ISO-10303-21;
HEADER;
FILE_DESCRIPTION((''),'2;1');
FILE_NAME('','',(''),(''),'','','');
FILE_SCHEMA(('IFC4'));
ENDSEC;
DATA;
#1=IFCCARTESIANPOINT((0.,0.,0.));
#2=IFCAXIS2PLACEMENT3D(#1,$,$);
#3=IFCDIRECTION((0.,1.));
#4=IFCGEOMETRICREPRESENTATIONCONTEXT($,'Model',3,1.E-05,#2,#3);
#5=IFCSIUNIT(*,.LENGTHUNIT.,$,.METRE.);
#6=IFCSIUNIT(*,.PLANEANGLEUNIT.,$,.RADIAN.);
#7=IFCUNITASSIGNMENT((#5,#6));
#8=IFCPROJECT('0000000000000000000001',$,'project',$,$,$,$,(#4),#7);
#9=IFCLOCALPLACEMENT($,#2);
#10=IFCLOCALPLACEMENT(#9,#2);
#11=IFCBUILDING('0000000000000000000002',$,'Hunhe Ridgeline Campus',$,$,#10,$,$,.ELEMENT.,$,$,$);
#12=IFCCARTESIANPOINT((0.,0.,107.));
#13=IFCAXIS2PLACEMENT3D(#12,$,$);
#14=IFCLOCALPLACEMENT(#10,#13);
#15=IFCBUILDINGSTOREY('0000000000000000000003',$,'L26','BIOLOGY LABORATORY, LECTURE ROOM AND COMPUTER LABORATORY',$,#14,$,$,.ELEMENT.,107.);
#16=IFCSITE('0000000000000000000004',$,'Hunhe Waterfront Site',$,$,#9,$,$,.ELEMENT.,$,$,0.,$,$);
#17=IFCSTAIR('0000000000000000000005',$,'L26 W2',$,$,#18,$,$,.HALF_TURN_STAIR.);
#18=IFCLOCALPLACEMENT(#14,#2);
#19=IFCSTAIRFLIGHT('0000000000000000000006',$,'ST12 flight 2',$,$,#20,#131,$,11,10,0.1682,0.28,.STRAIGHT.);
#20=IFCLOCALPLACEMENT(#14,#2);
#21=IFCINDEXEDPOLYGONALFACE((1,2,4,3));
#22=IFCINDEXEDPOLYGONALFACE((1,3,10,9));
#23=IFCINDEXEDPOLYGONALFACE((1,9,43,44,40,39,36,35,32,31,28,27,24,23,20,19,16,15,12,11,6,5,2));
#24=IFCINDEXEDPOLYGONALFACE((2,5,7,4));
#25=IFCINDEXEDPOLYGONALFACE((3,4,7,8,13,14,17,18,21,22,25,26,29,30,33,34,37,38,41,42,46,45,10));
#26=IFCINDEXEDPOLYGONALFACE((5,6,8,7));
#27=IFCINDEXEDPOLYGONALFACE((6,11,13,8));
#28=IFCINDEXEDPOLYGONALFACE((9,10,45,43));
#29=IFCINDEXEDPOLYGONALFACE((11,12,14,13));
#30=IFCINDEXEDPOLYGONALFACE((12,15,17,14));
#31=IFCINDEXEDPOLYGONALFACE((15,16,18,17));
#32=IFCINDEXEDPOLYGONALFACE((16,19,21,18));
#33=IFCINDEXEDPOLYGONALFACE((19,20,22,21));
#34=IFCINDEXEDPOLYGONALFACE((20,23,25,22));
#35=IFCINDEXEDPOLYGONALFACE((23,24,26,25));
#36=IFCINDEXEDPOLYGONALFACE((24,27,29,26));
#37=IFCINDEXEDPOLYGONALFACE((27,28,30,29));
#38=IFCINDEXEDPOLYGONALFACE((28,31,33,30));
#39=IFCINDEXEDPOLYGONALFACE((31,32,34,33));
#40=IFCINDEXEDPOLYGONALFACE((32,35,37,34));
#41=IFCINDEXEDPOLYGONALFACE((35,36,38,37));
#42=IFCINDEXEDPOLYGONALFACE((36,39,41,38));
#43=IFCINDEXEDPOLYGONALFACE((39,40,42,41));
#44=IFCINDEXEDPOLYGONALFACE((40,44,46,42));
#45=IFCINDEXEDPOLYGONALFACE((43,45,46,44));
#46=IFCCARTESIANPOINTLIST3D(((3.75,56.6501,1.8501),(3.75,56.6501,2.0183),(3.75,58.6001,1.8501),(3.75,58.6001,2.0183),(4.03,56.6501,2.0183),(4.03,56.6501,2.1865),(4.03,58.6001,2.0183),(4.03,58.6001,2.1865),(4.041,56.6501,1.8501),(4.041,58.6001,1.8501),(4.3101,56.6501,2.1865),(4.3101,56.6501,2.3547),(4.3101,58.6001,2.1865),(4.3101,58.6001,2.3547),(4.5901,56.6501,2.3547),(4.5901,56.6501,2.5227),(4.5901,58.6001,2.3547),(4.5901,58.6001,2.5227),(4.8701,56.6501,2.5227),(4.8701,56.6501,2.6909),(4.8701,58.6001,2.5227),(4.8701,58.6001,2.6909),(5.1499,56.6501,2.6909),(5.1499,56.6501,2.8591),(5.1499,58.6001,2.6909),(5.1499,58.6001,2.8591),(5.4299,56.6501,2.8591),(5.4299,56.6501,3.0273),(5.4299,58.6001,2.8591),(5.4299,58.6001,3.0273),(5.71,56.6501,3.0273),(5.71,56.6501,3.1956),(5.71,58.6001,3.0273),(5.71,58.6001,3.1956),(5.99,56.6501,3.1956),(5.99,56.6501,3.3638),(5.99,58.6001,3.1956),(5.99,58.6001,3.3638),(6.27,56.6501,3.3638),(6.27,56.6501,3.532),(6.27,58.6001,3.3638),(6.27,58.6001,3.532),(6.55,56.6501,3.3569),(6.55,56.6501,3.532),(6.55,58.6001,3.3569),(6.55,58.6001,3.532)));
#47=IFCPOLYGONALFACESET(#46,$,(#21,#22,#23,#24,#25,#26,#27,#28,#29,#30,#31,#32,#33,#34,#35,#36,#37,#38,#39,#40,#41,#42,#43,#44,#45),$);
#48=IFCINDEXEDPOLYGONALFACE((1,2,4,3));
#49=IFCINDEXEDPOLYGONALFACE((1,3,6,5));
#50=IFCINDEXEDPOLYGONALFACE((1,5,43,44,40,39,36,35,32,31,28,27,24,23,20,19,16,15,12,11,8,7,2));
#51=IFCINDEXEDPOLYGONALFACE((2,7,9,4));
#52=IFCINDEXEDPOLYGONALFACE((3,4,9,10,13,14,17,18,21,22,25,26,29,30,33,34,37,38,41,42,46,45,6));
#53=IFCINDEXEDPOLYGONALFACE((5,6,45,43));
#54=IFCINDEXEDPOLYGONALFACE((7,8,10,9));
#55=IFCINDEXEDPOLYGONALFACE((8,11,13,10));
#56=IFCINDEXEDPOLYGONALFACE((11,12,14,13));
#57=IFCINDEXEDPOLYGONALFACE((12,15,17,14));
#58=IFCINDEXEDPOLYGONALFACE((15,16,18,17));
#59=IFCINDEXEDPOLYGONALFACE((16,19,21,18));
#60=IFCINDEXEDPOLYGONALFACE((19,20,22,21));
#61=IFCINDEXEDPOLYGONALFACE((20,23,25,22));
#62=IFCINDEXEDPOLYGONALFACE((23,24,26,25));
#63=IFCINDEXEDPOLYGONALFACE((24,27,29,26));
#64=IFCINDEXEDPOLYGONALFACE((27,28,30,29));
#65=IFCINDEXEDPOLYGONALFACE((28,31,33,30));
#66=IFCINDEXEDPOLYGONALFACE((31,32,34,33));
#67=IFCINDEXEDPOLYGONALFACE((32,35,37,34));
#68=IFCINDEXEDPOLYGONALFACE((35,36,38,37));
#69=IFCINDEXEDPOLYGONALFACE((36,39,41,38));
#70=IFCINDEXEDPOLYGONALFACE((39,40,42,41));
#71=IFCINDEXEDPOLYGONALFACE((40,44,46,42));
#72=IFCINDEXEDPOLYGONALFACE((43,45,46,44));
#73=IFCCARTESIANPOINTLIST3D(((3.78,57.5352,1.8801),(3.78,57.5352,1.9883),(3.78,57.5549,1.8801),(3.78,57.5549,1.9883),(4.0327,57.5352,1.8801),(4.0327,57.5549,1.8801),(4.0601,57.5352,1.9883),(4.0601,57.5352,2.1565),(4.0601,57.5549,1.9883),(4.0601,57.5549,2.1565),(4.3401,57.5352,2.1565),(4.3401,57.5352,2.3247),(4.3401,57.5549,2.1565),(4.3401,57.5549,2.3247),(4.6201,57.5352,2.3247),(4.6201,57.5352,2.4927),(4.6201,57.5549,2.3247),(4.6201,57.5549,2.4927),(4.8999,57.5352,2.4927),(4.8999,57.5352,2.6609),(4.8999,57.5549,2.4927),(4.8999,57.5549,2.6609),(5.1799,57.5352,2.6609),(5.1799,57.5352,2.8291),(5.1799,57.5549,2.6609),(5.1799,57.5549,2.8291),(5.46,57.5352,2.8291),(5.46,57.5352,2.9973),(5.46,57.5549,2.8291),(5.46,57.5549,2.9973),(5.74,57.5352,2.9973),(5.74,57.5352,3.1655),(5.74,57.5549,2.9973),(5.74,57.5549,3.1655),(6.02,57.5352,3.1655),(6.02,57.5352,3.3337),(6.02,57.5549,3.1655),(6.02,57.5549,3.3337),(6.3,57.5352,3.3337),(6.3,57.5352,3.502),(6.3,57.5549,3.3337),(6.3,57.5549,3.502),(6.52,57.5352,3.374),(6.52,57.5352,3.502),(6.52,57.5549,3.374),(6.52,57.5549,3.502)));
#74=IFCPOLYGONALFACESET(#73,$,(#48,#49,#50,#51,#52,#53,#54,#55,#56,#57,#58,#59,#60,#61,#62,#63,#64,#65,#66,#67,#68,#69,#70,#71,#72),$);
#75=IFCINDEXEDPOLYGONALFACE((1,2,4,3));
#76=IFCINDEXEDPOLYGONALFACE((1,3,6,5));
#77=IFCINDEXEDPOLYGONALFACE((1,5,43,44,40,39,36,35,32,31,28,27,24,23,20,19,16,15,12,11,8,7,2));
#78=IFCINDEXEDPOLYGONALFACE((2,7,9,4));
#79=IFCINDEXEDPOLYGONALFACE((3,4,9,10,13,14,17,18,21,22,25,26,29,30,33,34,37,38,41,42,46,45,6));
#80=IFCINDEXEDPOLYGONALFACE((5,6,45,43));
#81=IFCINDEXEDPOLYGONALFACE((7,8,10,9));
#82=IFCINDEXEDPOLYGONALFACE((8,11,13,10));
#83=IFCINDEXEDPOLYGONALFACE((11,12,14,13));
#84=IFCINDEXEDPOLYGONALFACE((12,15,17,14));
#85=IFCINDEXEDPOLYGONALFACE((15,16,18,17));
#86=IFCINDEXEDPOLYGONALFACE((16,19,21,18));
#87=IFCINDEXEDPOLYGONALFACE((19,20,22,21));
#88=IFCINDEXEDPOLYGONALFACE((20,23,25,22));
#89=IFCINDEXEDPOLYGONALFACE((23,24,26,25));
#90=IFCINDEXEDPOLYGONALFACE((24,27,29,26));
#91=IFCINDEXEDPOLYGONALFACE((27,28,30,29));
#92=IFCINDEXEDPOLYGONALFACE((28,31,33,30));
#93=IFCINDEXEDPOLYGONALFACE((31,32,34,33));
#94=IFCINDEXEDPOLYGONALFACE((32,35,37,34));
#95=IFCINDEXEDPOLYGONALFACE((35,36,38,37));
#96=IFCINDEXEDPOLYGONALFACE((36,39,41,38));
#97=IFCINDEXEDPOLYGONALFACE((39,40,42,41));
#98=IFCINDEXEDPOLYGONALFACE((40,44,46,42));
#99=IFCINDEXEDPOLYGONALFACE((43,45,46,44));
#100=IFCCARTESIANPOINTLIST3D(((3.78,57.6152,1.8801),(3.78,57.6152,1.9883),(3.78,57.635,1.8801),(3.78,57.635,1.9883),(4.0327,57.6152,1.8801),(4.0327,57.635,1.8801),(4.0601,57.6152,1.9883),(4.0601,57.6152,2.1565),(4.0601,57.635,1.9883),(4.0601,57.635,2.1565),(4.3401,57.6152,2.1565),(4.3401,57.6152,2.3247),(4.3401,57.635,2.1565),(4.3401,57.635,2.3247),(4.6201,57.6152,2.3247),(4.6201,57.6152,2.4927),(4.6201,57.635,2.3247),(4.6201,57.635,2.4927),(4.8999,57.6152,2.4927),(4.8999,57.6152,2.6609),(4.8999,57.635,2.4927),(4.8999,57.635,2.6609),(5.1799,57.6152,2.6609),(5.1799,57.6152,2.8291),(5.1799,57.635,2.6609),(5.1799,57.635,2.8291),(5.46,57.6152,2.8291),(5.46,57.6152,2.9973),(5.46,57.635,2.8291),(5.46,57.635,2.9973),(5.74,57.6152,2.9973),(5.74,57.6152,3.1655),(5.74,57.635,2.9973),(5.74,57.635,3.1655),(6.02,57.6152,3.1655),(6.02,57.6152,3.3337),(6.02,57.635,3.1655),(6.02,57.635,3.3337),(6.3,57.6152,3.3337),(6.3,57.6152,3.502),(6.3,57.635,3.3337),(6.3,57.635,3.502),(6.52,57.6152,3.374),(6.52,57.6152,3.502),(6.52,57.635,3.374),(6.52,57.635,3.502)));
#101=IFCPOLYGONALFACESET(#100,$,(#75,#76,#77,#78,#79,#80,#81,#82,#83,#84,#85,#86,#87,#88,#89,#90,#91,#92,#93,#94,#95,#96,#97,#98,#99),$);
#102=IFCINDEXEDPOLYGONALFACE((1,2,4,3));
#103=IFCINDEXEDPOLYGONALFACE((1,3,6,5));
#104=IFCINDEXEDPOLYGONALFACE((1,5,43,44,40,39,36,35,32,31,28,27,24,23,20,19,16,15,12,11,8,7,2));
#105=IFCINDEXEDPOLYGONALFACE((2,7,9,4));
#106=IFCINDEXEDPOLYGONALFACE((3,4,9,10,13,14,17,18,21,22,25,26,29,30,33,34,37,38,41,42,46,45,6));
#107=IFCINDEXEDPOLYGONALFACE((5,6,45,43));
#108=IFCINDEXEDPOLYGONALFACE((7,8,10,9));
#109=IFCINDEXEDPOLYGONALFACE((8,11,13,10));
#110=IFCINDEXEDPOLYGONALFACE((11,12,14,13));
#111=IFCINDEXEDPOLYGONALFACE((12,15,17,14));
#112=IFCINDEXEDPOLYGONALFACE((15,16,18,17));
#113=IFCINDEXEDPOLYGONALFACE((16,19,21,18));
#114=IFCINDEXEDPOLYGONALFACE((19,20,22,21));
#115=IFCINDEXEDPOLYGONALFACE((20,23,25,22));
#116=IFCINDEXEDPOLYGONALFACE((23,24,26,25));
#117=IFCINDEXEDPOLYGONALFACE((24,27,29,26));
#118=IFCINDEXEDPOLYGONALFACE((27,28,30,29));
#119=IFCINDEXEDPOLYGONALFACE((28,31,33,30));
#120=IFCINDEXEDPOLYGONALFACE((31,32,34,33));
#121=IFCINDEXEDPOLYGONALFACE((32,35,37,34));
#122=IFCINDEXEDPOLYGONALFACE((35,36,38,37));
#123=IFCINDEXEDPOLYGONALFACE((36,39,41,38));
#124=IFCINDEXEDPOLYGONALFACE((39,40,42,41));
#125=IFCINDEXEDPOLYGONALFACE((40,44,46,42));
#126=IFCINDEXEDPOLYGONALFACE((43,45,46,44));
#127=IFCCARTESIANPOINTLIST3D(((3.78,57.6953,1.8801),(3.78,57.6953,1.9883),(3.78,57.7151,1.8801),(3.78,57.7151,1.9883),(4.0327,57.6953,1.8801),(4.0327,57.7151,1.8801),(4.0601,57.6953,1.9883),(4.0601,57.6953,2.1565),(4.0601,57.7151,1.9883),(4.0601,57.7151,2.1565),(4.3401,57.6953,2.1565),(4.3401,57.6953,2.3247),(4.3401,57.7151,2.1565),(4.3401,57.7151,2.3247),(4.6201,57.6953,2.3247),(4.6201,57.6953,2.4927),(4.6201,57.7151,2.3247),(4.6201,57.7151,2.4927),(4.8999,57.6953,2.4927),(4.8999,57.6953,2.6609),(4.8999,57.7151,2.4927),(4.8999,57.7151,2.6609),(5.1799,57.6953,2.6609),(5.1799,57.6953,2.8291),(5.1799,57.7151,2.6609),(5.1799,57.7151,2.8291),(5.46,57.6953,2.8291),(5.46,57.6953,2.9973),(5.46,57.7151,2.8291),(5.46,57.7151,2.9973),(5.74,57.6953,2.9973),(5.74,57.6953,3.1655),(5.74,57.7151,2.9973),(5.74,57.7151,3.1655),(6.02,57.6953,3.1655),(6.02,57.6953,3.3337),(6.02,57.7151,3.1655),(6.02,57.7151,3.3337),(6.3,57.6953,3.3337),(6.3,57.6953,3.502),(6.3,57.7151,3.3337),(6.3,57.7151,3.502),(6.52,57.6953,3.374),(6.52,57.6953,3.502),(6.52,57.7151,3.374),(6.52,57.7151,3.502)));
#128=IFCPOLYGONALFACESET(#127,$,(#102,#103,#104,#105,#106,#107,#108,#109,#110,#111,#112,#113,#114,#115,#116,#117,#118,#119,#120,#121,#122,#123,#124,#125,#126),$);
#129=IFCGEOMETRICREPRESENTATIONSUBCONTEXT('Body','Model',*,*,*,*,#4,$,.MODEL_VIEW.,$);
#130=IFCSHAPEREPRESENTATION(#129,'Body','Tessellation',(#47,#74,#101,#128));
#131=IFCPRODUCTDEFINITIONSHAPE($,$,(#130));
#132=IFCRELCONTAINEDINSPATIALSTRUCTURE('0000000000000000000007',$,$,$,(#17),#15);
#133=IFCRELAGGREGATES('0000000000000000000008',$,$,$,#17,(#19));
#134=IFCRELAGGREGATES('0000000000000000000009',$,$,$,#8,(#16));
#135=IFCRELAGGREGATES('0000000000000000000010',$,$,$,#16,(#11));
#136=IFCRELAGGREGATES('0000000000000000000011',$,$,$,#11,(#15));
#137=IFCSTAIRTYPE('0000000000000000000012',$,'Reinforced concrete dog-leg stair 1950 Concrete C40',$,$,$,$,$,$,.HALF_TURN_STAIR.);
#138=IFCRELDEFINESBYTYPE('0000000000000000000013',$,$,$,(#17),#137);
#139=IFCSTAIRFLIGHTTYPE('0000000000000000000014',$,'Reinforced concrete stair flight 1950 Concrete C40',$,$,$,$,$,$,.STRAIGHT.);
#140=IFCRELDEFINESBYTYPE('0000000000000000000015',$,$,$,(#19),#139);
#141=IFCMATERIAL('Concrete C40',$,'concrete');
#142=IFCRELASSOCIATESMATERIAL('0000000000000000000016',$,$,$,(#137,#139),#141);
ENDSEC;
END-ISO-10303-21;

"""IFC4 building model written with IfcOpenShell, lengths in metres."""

from ifc_helpers import new_model, si_unit, direction, frame, origin, place, context, subcontext, project, spatial, polyline, outline, extrude, material, type_object, element, aggregate, save


model = new_model("IFC4")

# Units and contexts
model_context = context("Model", 3, precision=1e-05, world=origin(), true_north=direction((0.0, 1.0)))
body_context = subcontext(model_context, "Body", "Model", "MODEL_VIEW")
ifc_project = project(units=[si_unit("LENGTHUNIT", "METRE"), si_unit("PLANEANGLEUNIT", "RADIAN")], contexts=[model_context])

# Site, building, storey
site_placement = place(None, origin())
site = spatial("IfcSite", under=ifc_project, at=site_placement, Name="Hunhe Waterfront Site", CompositionType="ELEMENT", RefElevation=0.0)
building_placement = place(site_placement, origin())
building = spatial("IfcBuilding", under=site, at=building_placement, Name="Hunhe Ridgeline Campus", CompositionType="ELEMENT")
storey_placement = place(building_placement, frame((0.0, 0.0, 107.0)))
storey = spatial("IfcBuildingStorey", under=building, at=storey_placement, Name="L26", Description="BIOLOGY LABORATORY, LECTURE ROOM AND COMPUTER LABORATORY", CompositionType="ELEMENT", Elevation=107.0)

# Shared definitions
ifc_material_1 = material(Name="Concrete C40", Category="concrete")
stair_type = type_object("IfcStairType", Name="Reinforced concrete dog-leg stair 1950 Concrete C40", PredefinedType="HALF_TURN_STAIR", material=ifc_material_1)
stair_flight_type = type_object("IfcStairFlightType", Name="Reinforced concrete stair flight 1950 Concrete C40", PredefinedType="STRAIGHT", material=ifc_material_1)

# Stair, stair flight
stair_1_placement = place(storey_placement, origin())
stair_1 = element("IfcStair", 1, at=stair_1_placement, inside=storey, type_object=stair_type, Name="L26 W2", PredefinedType="HALF_TURN_STAIR")
stair_flight_1_placement = place(storey_placement, frame((3.75, 57.625, 1.8501), z_axis=(0.0, 0.0, 1.0), x_axis=(1.0, 0.0, 0.0)))
stair_flight_1 = element("IfcStairFlight", 2, at=stair_flight_1_placement, type_object=stair_flight_type, Name="ST12 flight 2", NumberOfRisers=11, NumberOfTreads=10, PredefinedType="STRAIGHT", RiserHeight=0.1682, TreadLength=0.28, context=body_context, shape_type="SweptSolid", body=[
    extrude(outline(polyline([(0.0, 0.0), (0.0, 0.1682), (0.28, 0.1682), (0.28, 0.3364), (0.5601, 0.3364), (0.5601, 0.5046), (0.8401, 0.5046), (0.8401, 0.6726), (1.1201, 0.6726), (1.1201, 0.8408), (1.3999, 0.8408), (1.3999, 1.009), (1.6799, 1.009), (1.6799, 1.1772), (1.96, 1.1772), (1.96, 1.3455), (2.24, 1.3455), (2.24, 1.5137), (2.52, 1.5137), (2.52, 1.6819), (2.8, 1.6819), (2.8, 1.8501), (2.8, 1.5068), (0.291, 0.0), (0.0, 0.0)])), frame((0.0, 0.9751, 0.0), z_axis=(0.0, -1.0, 0.0), x_axis=(1.0, 0.0, 0.0)), (0.0, 0.0, 1.0), 1.95),
    extrude(outline(polyline([(0.03, 0.03), (0.03, 0.1382), (0.3101, 0.1382), (0.3101, 0.3064), (0.5901, 0.3064), (0.5901, 0.4746), (0.8701, 0.4746), (0.8701, 0.6426), (1.1499, 0.6426), (1.1499, 0.8108), (1.4299, 0.8108), (1.4299, 0.979), (1.71, 0.979), (1.71, 1.1472), (1.99, 1.1472), (1.99, 1.3154), (2.27, 1.3154), (2.27, 1.4836), (2.55, 1.4836), (2.55, 1.6519), (2.77, 1.6519), (2.77, 1.5239), (0.2827, 0.03), (0.03, 0.03)])), frame((0.0, -0.0701, 0.0), z_axis=(0.0, -1.0, 0.0), x_axis=(1.0, 0.0, 0.0)), (0.0, 0.0, 1.0), 0.0198),
    extrude(outline(polyline([(0.03, 0.03), (0.03, 0.1382), (0.3101, 0.1382), (0.3101, 0.3064), (0.5901, 0.3064), (0.5901, 0.4746), (0.8701, 0.4746), (0.8701, 0.6426), (1.1499, 0.6426), (1.1499, 0.8108), (1.4299, 0.8108), (1.4299, 0.979), (1.71, 0.979), (1.71, 1.1472), (1.99, 1.1472), (1.99, 1.3154), (2.27, 1.3154), (2.27, 1.4836), (2.55, 1.4836), (2.55, 1.6519), (2.77, 1.6519), (2.77, 1.5239), (0.2827, 0.03), (0.03, 0.03)])), frame((0.0, 0.01, 0.0), z_axis=(0.0, -1.0, 0.0), x_axis=(1.0, 0.0, 0.0)), (0.0, 0.0, 1.0), 0.0198),
    extrude(outline(polyline([(0.03, 0.03), (0.03, 0.1382), (0.3101, 0.1382), (0.3101, 0.3064), (0.5901, 0.3064), (0.5901, 0.4746), (0.8701, 0.4746), (0.8701, 0.6426), (1.1499, 0.6426), (1.1499, 0.8108), (1.4299, 0.8108), (1.4299, 0.979), (1.71, 0.979), (1.71, 1.1472), (1.99, 1.1472), (1.99, 1.3154), (2.27, 1.3154), (2.27, 1.4836), (2.55, 1.4836), (2.55, 1.6519), (2.77, 1.6519), (2.77, 1.5239), (0.2827, 0.03), (0.03, 0.03)])), frame((0.0, 0.0901, 0.0), z_axis=(0.0, -1.0, 0.0), x_axis=(1.0, 0.0, 0.0)), (0.0, 0.0, 1.0), 0.0198),
])
aggregate(stair_1, [stair_flight_1])

save(model, "model.ifc")
